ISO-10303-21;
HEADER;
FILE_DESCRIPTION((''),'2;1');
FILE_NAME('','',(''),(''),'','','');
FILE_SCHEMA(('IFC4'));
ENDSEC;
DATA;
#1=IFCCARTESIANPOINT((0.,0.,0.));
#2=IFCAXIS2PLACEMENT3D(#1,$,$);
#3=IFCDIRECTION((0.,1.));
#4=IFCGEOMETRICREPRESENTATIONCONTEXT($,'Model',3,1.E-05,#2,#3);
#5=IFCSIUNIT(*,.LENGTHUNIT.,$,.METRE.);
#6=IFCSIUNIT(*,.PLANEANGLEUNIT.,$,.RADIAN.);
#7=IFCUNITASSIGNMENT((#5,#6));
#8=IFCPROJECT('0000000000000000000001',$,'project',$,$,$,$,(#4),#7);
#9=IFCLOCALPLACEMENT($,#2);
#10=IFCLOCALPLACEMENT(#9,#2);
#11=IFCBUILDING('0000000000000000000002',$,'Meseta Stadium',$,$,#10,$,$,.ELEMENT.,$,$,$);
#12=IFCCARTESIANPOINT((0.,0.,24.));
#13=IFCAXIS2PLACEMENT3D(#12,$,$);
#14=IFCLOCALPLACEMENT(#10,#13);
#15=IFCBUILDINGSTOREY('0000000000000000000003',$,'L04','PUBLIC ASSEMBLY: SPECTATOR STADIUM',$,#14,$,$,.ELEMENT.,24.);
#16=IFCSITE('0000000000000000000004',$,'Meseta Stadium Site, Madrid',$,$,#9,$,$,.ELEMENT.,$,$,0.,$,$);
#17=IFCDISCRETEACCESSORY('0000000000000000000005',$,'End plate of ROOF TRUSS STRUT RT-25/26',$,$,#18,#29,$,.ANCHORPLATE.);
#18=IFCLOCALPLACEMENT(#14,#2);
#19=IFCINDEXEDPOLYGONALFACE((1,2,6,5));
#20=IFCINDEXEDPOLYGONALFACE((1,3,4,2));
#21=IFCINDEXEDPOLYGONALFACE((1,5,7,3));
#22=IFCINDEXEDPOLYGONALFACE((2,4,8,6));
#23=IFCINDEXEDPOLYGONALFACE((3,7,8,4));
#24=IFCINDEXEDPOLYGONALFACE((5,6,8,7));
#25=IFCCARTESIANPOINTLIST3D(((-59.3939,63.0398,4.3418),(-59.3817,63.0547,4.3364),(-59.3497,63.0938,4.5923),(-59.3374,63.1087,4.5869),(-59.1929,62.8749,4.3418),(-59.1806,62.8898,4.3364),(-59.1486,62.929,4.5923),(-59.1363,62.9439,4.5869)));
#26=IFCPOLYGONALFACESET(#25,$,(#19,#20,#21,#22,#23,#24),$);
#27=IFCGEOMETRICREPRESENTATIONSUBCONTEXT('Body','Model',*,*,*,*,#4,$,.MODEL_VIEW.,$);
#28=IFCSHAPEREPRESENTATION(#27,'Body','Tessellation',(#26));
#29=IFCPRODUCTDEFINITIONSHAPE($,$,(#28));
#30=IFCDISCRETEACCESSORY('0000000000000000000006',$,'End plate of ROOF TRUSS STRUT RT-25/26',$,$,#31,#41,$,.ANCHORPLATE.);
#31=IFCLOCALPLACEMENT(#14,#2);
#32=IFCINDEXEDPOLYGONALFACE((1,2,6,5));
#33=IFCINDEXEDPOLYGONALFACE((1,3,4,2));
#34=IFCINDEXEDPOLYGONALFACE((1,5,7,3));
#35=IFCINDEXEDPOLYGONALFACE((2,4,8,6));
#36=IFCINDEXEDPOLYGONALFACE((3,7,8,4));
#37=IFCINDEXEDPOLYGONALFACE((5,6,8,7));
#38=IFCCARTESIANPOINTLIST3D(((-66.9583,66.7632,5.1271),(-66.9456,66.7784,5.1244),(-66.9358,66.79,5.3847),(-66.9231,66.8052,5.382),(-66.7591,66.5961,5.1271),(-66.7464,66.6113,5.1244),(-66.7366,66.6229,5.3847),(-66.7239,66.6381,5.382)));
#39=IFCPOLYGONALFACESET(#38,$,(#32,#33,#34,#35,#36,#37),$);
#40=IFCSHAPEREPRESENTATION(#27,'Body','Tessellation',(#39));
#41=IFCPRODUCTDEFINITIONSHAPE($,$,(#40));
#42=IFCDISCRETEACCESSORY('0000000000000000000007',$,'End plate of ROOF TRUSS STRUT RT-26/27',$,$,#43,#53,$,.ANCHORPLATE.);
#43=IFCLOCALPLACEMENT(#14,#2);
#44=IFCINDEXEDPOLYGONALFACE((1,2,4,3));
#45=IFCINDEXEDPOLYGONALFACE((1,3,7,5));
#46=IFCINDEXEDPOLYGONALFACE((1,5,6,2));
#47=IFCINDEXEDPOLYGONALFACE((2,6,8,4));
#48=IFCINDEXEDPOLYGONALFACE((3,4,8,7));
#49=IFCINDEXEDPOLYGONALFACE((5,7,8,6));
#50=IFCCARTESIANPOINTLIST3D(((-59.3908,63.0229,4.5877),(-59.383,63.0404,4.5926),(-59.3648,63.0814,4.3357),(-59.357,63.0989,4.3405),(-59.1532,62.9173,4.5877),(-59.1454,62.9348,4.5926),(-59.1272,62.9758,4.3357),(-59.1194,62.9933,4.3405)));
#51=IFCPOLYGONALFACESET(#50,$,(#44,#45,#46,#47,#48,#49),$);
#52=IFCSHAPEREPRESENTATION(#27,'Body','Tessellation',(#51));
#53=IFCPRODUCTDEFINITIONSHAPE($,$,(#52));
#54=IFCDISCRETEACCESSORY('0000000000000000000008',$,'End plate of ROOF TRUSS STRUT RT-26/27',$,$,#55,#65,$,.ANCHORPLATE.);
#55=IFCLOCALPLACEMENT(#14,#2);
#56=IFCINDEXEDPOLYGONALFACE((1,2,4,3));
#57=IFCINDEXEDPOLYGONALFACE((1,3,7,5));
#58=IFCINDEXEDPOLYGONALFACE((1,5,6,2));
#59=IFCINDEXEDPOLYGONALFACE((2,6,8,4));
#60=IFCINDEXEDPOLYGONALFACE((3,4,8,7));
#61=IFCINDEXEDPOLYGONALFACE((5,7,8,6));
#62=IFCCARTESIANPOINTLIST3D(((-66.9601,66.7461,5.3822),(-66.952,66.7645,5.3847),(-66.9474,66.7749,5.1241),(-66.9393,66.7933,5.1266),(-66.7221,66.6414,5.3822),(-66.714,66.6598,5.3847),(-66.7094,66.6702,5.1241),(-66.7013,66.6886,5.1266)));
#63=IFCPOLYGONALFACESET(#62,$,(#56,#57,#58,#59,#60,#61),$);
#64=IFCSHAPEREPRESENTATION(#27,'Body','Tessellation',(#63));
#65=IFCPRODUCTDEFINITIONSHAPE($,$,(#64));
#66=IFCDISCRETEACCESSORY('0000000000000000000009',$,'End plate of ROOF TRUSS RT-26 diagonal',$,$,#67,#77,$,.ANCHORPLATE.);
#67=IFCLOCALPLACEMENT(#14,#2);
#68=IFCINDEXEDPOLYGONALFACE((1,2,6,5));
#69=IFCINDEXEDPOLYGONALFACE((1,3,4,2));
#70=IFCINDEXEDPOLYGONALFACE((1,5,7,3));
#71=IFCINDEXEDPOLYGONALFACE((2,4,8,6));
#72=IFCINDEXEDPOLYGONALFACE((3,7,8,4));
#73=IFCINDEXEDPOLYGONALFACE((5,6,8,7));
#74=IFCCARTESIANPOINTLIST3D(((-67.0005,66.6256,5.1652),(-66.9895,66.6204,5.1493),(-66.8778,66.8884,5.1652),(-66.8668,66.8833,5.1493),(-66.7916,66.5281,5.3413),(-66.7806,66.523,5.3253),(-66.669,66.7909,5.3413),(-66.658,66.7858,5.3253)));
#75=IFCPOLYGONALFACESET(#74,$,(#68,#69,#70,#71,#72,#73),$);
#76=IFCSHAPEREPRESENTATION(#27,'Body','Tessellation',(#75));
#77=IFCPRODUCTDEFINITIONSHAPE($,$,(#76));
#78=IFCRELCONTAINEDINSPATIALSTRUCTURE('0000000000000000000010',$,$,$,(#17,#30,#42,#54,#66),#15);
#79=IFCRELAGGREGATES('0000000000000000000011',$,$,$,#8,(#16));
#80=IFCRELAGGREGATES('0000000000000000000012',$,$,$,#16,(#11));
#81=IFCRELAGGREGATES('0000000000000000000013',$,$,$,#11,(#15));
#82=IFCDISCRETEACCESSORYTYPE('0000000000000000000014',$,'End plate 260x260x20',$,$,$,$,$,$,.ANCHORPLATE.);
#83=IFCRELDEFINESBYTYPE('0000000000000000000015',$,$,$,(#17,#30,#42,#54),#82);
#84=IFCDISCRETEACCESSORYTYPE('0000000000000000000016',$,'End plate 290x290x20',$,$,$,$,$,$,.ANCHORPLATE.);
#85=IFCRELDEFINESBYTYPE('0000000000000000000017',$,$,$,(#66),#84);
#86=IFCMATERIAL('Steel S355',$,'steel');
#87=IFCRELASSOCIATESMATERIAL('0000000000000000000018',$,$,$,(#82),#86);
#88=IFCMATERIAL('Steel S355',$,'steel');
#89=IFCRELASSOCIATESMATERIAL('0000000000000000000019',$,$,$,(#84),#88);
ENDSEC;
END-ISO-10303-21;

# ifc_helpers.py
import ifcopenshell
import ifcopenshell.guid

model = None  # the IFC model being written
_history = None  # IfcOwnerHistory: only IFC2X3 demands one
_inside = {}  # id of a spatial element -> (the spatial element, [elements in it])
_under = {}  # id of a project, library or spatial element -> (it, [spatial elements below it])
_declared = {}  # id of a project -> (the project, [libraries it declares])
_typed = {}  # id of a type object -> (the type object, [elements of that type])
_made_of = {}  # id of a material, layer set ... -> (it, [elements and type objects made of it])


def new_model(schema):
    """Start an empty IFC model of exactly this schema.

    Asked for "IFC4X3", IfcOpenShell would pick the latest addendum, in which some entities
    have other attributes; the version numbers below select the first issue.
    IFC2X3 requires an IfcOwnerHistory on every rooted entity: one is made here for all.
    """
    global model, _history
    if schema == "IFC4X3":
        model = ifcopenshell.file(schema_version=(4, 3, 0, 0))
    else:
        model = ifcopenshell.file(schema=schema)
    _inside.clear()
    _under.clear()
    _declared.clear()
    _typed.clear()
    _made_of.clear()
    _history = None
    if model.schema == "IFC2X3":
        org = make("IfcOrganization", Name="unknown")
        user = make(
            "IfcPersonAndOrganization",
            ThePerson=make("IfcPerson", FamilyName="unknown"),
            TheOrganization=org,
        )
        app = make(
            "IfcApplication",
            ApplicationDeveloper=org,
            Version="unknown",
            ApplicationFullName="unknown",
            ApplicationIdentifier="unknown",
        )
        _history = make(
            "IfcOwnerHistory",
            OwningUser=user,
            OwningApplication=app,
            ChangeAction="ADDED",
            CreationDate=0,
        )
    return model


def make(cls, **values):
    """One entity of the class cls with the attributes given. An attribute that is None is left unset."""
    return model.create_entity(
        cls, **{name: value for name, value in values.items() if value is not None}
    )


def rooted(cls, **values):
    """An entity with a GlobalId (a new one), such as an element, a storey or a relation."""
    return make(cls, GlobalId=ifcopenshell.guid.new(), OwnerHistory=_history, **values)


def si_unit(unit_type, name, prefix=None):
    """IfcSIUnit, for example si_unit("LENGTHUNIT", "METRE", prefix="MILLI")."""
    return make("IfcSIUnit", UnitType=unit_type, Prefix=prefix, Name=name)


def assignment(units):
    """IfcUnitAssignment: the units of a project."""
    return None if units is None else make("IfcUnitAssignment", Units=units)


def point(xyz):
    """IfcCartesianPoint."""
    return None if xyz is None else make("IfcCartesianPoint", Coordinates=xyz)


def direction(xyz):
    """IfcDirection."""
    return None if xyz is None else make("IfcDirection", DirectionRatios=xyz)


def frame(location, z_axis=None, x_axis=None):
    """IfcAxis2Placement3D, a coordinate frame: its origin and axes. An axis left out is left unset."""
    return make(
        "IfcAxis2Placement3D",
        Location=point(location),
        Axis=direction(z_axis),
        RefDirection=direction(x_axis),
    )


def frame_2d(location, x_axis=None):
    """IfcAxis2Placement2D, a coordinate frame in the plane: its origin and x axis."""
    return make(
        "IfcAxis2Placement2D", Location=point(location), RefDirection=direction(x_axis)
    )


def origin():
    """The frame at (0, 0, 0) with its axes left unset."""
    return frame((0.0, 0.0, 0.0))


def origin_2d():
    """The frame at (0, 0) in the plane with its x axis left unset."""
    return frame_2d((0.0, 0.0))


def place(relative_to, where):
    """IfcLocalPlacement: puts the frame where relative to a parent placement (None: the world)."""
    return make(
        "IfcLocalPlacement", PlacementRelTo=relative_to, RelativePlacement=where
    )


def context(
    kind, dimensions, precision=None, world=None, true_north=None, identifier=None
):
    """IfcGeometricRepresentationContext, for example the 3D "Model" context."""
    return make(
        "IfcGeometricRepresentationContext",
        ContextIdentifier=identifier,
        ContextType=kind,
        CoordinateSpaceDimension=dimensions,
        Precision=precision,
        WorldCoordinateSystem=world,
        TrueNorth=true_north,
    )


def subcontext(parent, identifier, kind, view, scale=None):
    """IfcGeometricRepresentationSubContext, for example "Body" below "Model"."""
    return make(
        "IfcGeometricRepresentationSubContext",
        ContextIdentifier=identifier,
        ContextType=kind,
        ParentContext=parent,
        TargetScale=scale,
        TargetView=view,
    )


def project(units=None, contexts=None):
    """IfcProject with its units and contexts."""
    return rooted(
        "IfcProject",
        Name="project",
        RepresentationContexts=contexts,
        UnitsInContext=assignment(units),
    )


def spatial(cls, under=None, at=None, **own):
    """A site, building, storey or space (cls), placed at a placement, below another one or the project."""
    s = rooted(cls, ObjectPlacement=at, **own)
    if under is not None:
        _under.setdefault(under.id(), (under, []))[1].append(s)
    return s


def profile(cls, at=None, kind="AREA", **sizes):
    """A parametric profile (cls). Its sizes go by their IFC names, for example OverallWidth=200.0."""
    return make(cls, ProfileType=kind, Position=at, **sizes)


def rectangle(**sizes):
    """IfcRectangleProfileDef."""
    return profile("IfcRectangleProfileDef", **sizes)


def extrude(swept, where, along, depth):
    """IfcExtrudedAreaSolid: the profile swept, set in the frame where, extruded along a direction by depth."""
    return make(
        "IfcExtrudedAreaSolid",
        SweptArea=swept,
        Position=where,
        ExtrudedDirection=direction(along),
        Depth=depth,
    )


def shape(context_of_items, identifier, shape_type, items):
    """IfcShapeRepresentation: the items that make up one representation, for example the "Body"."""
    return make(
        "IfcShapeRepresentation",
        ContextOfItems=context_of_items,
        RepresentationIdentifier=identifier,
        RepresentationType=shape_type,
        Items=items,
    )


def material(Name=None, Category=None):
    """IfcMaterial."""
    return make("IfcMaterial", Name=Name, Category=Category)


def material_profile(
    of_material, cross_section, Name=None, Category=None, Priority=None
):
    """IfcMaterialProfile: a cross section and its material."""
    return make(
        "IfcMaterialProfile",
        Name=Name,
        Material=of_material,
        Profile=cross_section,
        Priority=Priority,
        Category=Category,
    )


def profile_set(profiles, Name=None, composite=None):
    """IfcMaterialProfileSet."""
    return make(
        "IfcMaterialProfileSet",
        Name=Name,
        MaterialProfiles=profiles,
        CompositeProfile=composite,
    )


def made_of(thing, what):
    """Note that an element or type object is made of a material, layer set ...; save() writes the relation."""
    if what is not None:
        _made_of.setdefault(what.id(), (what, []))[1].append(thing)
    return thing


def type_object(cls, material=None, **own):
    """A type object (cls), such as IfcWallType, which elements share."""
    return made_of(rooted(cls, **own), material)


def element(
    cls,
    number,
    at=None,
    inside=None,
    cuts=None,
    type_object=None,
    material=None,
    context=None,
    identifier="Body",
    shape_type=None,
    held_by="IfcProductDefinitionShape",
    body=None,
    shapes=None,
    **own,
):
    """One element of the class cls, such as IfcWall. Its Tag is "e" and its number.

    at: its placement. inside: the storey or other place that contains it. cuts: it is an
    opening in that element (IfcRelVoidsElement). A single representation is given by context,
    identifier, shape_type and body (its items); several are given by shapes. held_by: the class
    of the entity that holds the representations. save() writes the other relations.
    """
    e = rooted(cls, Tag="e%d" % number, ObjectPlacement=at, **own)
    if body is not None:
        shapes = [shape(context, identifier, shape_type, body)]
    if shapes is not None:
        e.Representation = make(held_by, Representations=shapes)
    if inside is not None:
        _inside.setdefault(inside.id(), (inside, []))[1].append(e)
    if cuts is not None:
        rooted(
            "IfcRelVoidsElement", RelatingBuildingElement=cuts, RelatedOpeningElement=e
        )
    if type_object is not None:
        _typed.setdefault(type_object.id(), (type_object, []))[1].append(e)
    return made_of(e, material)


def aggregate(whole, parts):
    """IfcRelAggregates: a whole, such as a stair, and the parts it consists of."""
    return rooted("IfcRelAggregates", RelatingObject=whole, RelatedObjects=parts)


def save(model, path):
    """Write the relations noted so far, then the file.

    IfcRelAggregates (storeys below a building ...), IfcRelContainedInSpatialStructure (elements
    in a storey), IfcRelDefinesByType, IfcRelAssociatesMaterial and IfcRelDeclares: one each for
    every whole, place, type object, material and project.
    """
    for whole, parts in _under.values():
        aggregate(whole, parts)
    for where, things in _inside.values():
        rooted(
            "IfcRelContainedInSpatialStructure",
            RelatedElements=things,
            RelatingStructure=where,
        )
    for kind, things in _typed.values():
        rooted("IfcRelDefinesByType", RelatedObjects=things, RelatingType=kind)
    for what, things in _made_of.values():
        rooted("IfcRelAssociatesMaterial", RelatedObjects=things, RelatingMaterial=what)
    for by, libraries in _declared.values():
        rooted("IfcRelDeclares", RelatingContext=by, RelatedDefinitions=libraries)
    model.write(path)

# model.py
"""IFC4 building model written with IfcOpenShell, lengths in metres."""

from ifc_helpers import new_model, si_unit, direction, frame, origin, origin_2d, place, context, subcontext, project, spatial, rectangle, extrude, material, material_profile, profile_set, type_object, element, save


model = new_model("IFC4")

# Units and contexts
model_context = context("Model", 3, precision=1e-05, world=origin(), true_north=direction((0.0, 1.0)))
body_context = subcontext(model_context, "Body", "Model", "MODEL_VIEW")
ifc_project = project(units=[si_unit("LENGTHUNIT", "METRE"), si_unit("PLANEANGLEUNIT", "RADIAN")], contexts=[model_context])

# Site, building, storey
site_placement = place(None, origin())
site = spatial("IfcSite", under=ifc_project, at=site_placement, Name="Meseta Stadium Site, Madrid", CompositionType="ELEMENT", RefElevation=0.0)
building_placement = place(site_placement, origin())
building = spatial("IfcBuilding", under=site, at=building_placement, Name="Meseta Stadium", CompositionType="ELEMENT")
storey_placement = place(building_placement, frame((0.0, 0.0, 24.0)))
storey = spatial("IfcBuildingStorey", under=building, at=storey_placement, Name="L04", Description="PUBLIC ASSEMBLY: SPECTATOR STADIUM", CompositionType="ELEMENT", Elevation=24.0)

# Discrete accessories
ifc_material_1 = material(Name="Steel S355", Category="steel")
ifc_material_profile_1 = material_profile(ifc_material_1, rectangle(XDim=0.26, YDim=0.26, at=origin_2d()), Name="PL 260x260")
ifc_profile_set_1 = profile_set([ifc_material_profile_1], Name="Steel S355")
discrete_accessory_type_1 = type_object("IfcDiscreteAccessoryType", Name="End plate 260x260x20", PredefinedType="ANCHORPLATE", material=ifc_profile_set_1)
for number, where, z_axis, x_axis, name in (
    (1, (-59.259, 62.9993, 4.4617), (-0.610619, -0.744956, 0.268673), (0.773392, -0.633928, 0.0), "End plate of ROOF TRUSS STRUT RT-25/26"),
    (2, (-66.8347, 66.7083, 5.2532), (-0.636756, -0.759209, 0.134698), (0.766192, -0.642612, 0.0), "End plate of ROOF TRUSS STRUT RT-25/26"),
):
    element("IfcDiscreteAccessory", number, at=place(storey_placement, frame(where, z_axis=z_axis, x_axis=x_axis)), inside=storey, type_object=discrete_accessory_type_1, Name=name, PredefinedType="ANCHORPLATE", context=body_context, shape_type="SweptSolid", body=[
        extrude(rectangle(XDim=0.26, YDim=0.26, at=origin_2d()), origin(), (0.0, 0.0, 1.0), 0.02),
    ])
discrete_accessory_1_placement = place(storey_placement, frame((-59.2512, 63.0168, 4.4666), z_axis=(-0.393654, -0.885722, -0.246034), x_axis=(0.913812, -0.406138, 0.0)))
element("IfcDiscreteAccessory", 3, at=discrete_accessory_1_placement, inside=storey, type_object=discrete_accessory_type_1, Name="End plate of ROOF TRUSS STRUT RT-26/27", PredefinedType="ANCHORPLATE", context=body_context, shape_type="SweptSolid", body=[
    extrude(rectangle(XDim=0.26, YDim=0.26, at=origin_2d()), origin(), (0.0, 0.0, 1.0), 0.0198),
])
discrete_accessory_2_placement = place(storey_placement, frame((-66.8267, 66.7266, 5.2556), z_axis=(-0.399772, -0.908574, -0.121143), x_axis=(0.915315, -0.402739, 0.0)))
element("IfcDiscreteAccessory", 4, at=discrete_accessory_2_placement, inside=storey, type_object=discrete_accessory_type_1, Name="End plate of ROOF TRUSS STRUT RT-26/27", PredefinedType="ANCHORPLATE", context=body_context, shape_type="SweptSolid", body=[
    extrude(rectangle(XDim=0.26, YDim=0.26, at=origin_2d()), origin(), (0.0, 0.0, 1.0), 0.0203),
])
ifc_material_2 = material(Name="Steel S355", Category="steel")
ifc_material_profile_2 = material_profile(ifc_material_2, rectangle(XDim=0.29, YDim=0.29, at=origin_2d()), Name="PL 290x290")
ifc_profile_set_2 = profile_set([ifc_material_profile_2], Name="Steel S355")
discrete_accessory_type_2 = type_object("IfcDiscreteAccessoryType", Name="End plate 290x290x20", PredefinedType="ANCHORPLATE", material=ifc_profile_set_2)
discrete_accessory_3_placement = place(storey_placement, frame((-66.8237, 66.7031, 5.2373), z_axis=(-0.550132, 0.256728, 0.794635), x_axis=(-0.422885, -0.906183, 0.0)))
element("IfcDiscreteAccessory", 5, at=discrete_accessory_3_placement, inside=storey, type_object=discrete_accessory_type_2, Name="End plate of ROOF TRUSS RT-26 diagonal", PredefinedType="ANCHORPLATE", context=body_context, shape_type="SweptSolid", body=[
    extrude(rectangle(XDim=0.29, YDim=0.29, at=origin_2d()), origin(), (0.0, 0.0, 1.0), 0.02),
])

save(model, "model.ifc")
